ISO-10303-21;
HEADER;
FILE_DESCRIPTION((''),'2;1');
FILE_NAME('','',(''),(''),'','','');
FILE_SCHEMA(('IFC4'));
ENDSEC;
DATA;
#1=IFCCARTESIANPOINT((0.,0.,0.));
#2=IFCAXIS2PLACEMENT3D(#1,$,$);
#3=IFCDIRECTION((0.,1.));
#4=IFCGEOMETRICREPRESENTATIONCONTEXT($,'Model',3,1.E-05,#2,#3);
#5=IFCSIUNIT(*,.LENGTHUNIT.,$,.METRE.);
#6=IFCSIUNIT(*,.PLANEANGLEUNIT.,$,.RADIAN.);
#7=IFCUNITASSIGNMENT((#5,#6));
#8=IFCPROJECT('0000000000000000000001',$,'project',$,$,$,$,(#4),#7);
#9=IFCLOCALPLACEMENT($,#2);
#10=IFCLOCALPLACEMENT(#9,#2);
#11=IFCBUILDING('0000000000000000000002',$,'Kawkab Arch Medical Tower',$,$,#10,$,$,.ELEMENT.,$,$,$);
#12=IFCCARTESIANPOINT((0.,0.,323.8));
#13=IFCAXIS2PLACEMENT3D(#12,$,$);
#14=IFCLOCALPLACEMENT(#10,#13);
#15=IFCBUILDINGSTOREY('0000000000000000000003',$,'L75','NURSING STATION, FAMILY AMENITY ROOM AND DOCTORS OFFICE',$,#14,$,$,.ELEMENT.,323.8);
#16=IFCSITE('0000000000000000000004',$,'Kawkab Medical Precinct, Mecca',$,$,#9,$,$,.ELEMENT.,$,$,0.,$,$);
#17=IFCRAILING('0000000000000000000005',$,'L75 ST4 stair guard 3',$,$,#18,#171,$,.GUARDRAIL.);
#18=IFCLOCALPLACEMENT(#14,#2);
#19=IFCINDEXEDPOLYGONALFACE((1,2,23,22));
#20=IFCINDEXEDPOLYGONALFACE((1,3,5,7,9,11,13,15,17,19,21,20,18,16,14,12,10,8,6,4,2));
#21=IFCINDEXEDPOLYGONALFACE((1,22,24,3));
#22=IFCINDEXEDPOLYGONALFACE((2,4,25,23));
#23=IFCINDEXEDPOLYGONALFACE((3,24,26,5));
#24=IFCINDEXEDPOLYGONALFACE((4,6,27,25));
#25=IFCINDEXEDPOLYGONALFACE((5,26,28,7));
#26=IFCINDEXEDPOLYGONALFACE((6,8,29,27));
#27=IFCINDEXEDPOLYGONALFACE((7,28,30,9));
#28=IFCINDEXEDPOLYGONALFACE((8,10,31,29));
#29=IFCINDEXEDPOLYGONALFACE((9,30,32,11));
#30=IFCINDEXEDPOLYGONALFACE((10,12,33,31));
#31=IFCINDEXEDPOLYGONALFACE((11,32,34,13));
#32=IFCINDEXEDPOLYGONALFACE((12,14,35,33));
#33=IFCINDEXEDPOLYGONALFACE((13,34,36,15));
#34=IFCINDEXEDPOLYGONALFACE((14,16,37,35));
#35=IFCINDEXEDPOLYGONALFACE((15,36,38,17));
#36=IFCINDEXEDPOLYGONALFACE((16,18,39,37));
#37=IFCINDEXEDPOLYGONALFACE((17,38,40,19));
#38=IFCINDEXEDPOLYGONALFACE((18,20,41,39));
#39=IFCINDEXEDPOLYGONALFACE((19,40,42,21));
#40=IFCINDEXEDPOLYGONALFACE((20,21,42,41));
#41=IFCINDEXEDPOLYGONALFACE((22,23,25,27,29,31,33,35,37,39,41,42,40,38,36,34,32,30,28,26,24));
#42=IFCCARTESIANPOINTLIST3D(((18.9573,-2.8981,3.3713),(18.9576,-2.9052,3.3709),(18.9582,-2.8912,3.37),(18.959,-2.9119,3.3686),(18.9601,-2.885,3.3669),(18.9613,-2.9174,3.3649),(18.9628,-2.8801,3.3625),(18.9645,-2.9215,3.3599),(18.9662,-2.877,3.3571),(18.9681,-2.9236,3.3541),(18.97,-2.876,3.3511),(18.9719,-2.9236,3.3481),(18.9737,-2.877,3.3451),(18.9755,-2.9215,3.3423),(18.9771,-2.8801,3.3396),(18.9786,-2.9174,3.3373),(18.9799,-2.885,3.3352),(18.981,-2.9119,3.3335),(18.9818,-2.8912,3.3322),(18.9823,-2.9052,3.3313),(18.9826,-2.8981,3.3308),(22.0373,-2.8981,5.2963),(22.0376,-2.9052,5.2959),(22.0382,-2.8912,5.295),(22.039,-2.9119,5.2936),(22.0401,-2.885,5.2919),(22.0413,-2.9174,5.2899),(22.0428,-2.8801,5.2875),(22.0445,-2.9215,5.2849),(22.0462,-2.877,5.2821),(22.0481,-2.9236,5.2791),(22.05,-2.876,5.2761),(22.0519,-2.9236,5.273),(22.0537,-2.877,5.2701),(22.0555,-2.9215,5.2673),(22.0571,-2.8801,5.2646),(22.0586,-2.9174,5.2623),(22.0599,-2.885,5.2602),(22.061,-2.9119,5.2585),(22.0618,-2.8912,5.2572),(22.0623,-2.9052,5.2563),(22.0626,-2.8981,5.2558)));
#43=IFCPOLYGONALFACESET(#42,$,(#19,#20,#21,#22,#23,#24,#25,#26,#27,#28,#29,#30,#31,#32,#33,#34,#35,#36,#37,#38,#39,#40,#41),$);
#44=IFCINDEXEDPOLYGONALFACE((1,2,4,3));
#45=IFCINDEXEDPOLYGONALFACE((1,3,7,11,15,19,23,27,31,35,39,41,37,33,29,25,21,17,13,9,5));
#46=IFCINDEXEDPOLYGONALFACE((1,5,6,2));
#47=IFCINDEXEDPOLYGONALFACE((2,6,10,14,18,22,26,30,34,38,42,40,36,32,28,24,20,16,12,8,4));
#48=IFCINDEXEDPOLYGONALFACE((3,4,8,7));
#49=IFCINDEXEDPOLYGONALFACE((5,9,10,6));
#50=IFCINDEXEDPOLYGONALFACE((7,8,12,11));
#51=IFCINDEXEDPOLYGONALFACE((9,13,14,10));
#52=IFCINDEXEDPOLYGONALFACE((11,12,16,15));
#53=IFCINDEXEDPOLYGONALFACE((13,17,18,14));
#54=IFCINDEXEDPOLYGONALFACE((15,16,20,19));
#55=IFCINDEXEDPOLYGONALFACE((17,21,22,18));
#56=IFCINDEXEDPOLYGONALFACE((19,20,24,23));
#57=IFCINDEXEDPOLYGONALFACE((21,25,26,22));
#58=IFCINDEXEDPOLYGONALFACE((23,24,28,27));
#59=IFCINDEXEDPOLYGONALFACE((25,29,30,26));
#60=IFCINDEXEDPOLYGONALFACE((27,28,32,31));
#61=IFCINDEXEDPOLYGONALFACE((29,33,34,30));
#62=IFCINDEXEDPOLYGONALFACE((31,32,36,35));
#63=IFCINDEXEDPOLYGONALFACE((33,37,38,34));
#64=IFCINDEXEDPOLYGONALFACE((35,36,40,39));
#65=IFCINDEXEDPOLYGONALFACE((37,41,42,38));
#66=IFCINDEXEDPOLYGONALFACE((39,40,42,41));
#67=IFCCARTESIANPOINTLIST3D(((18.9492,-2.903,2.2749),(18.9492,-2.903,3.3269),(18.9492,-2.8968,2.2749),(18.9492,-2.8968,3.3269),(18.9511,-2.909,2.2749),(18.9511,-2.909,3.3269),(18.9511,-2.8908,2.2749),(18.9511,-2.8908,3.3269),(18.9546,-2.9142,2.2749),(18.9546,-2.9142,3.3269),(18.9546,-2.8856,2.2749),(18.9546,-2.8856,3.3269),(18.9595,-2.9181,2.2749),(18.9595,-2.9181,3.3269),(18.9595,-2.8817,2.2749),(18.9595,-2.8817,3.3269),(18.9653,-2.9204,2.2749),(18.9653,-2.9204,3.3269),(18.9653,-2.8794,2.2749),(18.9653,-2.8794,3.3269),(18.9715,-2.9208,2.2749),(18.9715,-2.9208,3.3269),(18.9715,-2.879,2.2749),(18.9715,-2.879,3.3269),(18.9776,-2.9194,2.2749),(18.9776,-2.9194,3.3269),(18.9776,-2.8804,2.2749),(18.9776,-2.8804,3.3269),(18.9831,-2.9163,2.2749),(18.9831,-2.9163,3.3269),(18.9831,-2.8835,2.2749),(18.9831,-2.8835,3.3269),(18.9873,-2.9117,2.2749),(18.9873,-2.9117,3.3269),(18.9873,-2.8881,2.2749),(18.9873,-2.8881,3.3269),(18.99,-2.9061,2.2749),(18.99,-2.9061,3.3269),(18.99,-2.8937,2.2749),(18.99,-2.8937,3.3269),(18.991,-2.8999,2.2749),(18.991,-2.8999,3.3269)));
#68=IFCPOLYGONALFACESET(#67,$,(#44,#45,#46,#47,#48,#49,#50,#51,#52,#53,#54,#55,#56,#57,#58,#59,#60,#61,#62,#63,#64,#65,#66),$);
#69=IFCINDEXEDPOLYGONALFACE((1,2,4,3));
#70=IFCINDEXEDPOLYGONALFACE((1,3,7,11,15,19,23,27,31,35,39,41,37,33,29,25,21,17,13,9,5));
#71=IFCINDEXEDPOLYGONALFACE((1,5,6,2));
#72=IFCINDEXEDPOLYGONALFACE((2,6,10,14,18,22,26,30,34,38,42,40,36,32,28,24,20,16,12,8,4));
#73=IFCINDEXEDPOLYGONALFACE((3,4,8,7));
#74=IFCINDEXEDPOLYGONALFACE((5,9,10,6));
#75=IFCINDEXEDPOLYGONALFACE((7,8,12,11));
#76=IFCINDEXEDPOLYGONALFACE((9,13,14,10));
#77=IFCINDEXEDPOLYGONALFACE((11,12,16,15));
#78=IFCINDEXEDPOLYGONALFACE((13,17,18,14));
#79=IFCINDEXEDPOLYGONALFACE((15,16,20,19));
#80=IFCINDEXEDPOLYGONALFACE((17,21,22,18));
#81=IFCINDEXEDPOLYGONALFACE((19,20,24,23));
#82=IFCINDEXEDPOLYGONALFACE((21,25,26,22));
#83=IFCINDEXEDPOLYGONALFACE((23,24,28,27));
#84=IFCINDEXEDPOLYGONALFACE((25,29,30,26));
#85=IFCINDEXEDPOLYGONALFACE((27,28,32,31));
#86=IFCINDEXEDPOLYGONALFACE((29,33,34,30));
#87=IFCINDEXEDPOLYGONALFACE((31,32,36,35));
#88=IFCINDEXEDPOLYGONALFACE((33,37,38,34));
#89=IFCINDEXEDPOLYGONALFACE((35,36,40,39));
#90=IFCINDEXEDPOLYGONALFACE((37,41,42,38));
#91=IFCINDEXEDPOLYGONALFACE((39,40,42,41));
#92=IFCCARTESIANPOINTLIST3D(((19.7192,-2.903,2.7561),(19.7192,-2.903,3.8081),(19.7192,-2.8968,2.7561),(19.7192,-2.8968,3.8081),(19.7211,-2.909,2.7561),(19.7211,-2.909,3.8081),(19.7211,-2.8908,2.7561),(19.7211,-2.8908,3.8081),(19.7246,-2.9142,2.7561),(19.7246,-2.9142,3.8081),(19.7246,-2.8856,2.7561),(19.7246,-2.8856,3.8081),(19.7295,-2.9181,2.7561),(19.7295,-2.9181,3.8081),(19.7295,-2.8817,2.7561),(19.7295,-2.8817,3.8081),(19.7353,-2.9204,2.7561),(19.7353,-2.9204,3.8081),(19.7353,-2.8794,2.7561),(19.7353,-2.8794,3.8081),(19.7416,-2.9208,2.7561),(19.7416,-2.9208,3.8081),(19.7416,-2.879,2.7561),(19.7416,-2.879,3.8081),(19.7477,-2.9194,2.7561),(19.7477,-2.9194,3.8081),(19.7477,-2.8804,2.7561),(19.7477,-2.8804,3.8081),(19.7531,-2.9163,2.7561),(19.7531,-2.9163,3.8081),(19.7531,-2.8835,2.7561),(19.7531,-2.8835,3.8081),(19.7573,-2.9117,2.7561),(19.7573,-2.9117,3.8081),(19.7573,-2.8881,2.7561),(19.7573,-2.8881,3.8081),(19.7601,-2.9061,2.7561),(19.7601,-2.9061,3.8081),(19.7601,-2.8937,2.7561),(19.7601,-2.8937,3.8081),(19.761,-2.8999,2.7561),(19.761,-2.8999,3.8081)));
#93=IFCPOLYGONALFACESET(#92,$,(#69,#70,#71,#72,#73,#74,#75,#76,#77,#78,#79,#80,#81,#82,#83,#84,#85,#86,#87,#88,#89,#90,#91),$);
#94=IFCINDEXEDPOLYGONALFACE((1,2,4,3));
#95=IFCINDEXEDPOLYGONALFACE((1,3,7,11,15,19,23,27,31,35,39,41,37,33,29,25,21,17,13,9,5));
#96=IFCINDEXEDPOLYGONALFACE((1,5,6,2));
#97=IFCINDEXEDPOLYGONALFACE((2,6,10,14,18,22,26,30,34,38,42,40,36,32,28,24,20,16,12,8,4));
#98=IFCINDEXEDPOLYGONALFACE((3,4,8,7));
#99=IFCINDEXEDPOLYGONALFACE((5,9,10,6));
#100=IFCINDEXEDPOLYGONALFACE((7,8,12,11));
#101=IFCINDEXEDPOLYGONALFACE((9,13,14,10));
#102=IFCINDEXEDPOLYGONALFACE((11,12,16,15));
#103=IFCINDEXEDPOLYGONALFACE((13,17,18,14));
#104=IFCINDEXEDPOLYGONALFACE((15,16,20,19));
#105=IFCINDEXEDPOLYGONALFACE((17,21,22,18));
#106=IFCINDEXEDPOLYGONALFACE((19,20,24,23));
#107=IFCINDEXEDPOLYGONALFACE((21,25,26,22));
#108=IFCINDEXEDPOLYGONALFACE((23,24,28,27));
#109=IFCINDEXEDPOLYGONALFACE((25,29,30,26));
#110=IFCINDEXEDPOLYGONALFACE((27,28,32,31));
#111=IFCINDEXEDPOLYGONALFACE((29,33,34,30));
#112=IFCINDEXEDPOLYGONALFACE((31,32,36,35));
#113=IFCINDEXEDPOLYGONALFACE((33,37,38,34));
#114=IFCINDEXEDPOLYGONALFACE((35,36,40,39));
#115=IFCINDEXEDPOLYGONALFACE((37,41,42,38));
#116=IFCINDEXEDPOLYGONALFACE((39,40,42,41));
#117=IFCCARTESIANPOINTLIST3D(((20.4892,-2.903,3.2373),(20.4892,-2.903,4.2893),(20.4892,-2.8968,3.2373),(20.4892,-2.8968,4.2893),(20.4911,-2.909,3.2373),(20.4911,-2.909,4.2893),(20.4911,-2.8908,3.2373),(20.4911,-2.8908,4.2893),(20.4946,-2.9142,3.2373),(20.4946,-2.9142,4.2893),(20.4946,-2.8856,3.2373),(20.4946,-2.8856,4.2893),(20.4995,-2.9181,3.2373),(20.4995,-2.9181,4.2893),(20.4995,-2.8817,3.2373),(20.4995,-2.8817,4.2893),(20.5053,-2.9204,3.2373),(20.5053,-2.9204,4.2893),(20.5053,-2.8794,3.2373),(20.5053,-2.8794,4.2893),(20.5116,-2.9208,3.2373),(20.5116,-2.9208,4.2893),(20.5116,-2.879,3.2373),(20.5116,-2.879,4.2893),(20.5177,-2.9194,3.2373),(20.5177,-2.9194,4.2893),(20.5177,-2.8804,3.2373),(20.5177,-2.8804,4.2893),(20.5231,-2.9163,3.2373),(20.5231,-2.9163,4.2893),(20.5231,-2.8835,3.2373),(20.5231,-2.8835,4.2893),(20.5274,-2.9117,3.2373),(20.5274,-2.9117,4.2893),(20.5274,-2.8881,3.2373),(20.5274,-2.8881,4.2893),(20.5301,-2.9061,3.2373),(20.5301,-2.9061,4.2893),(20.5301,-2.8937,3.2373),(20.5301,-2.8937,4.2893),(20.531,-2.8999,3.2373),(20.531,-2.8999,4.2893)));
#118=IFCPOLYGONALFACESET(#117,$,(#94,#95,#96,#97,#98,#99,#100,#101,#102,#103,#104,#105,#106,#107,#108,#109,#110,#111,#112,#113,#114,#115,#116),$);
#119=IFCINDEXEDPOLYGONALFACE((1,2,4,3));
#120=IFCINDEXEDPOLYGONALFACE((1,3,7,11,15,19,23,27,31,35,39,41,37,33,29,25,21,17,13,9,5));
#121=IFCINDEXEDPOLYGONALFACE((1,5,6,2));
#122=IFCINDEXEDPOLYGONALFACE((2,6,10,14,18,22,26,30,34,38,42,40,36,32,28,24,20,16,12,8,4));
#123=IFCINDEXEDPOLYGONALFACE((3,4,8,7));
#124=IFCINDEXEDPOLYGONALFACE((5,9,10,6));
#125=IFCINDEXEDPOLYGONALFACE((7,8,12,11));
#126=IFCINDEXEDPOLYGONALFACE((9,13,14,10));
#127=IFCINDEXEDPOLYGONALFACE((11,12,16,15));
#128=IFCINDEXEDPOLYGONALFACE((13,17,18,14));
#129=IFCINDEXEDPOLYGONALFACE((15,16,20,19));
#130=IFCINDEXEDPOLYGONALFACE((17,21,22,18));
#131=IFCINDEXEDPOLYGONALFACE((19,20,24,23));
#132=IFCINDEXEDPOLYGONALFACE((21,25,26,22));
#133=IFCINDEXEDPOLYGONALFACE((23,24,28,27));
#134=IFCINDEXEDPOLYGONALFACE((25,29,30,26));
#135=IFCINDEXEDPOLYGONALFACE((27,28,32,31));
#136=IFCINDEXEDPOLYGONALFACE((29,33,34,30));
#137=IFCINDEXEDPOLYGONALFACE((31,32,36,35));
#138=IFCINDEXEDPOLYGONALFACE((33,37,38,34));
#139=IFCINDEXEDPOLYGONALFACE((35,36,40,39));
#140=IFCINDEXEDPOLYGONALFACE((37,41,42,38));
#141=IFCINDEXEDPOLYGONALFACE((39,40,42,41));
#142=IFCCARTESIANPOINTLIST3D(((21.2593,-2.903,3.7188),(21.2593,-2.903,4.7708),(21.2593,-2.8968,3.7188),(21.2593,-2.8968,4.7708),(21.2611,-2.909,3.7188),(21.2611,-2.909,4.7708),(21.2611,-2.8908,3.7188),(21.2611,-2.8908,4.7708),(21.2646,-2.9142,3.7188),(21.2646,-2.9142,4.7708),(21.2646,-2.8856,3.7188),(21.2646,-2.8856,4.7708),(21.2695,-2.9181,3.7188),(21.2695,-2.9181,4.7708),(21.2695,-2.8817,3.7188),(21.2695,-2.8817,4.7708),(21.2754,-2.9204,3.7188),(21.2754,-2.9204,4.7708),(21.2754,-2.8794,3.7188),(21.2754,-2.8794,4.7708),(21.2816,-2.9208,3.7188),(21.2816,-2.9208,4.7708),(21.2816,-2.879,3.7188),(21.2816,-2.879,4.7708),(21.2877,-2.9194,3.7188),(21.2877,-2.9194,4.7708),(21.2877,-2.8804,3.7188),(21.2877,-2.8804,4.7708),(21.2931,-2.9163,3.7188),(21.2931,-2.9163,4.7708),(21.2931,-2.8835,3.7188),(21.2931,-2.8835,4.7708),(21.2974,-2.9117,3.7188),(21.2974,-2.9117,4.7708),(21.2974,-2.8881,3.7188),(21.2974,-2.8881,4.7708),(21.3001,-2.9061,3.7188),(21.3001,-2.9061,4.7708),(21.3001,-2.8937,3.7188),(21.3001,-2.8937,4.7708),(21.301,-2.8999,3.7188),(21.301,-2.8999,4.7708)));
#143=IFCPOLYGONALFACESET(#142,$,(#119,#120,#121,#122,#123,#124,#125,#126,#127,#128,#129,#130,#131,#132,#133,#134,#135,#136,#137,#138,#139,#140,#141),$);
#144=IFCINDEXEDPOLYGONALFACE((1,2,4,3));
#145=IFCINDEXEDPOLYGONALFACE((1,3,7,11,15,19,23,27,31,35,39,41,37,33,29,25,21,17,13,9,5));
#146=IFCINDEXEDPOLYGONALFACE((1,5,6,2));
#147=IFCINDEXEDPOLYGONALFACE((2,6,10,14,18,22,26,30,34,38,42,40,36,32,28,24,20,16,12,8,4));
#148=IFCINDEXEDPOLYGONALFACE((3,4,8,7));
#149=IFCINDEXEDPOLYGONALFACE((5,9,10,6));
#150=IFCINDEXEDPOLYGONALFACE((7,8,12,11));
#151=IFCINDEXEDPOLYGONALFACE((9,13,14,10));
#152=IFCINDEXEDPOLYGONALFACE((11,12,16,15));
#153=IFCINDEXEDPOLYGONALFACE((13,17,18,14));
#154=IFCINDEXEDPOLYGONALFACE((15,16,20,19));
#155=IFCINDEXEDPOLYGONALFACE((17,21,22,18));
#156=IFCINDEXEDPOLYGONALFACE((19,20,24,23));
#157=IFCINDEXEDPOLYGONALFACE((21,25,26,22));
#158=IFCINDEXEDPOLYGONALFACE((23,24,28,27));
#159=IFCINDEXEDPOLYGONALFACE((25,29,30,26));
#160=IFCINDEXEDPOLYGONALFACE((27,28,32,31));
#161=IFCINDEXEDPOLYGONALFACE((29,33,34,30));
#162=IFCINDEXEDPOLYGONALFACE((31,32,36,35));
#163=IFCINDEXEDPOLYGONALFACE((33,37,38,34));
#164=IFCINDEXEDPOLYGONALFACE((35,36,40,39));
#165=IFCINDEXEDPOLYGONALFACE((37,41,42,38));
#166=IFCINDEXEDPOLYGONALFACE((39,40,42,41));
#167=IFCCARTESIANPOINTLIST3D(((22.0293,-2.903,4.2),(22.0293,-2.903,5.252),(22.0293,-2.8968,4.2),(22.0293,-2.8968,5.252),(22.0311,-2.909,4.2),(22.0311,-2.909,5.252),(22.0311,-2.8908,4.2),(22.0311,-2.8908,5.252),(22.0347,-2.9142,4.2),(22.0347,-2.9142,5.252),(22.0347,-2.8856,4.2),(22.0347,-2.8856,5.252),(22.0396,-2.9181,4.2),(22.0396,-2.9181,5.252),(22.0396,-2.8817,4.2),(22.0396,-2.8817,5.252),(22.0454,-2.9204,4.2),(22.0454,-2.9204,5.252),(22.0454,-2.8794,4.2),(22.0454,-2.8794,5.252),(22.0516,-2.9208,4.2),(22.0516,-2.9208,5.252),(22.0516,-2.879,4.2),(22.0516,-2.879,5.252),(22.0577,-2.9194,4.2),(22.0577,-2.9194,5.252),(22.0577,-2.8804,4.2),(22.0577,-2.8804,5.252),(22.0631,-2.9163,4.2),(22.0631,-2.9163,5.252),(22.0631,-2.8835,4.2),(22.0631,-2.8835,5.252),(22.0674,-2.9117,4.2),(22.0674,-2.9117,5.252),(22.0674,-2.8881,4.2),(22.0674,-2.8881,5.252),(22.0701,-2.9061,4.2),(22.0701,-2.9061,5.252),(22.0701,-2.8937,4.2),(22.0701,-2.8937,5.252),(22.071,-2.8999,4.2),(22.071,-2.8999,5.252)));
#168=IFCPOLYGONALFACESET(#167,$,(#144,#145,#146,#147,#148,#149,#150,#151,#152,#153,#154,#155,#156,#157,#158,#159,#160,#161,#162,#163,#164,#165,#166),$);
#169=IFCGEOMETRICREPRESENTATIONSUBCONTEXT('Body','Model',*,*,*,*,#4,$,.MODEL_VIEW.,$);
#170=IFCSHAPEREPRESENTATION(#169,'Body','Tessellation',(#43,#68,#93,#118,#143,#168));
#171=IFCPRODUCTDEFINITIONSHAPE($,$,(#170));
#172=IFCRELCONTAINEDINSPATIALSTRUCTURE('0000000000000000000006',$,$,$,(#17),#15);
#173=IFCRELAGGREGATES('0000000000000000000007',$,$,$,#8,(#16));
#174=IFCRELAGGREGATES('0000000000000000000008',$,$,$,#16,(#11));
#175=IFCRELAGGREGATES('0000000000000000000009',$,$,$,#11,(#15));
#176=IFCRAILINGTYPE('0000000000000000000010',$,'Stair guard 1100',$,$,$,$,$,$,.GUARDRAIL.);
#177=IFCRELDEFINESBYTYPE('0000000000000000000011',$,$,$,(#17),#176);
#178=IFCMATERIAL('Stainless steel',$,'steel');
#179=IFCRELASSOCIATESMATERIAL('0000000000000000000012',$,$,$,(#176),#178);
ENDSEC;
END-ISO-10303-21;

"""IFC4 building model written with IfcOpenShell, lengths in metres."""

from ifc_helpers import new_model, si_unit, direction, frame, origin, origin_2d, place, context, subcontext, project, spatial, circle, extrude, material, type_object, element, save


model = new_model("IFC4")

# Units and contexts
model_context = context("Model", 3, precision=1e-05, world=origin(), true_north=direction((0.0, 1.0)))
body_context = subcontext(model_context, "Body", "Model", "MODEL_VIEW")
ifc_project = project(units=[si_unit("LENGTHUNIT", "METRE"), si_unit("PLANEANGLEUNIT", "RADIAN")], contexts=[model_context])

# Site, building, storey
site_placement = place(None, origin())
site = spatial("IfcSite", under=ifc_project, at=site_placement, Name="Kawkab Medical Precinct, Mecca", CompositionType="ELEMENT", RefElevation=0.0)
building_placement = place(site_placement, origin())
building = spatial("IfcBuilding", under=site, at=building_placement, Name="Kawkab Arch Medical Tower", CompositionType="ELEMENT")
storey_placement = place(building_placement, frame((0.0, 0.0, 323.8)))
storey = spatial("IfcBuildingStorey", under=building, at=storey_placement, Name="L75", Description="NURSING STATION, FAMILY AMENITY ROOM AND DOCTORS OFFICE", CompositionType="ELEMENT", Elevation=323.8)

# Railing
ifc_material_1 = material(Name="Stainless steel", Category="steel")
railing_type_1 = type_object("IfcRailingType", Name="Stair guard 1100", PredefinedType="GUARDRAIL", material=ifc_material_1)
railing_1_placement = place(storey_placement, frame((18.97, -2.8999, 2.2749)))
element("IfcRailing", 1, at=railing_1_placement, inside=storey, type_object=railing_type_1, Name="L75 ST4 stair guard 3", PredefinedType="GUARDRAIL", context=body_context, shape_type="SweptSolid", body=[
    extrude(circle(Radius=0.0239, at=origin_2d()), frame((0.0, 0.0, 1.0762), z_axis=(0.847998, 0.0, 0.529999), x_axis=(0.0, 1.0, 0.0)), (0.0, 0.0, 1.0), 3.6321),
    extrude(circle(Radius=0.021, at=origin_2d()), origin(), (0.0, 0.0, 1.0), 1.052),
    extrude(circle(Radius=0.021, at=origin_2d()), frame((0.77, 0.0, 0.4812)), (0.0, 0.0, 1.0), 1.052),
    extrude(circle(Radius=0.021, at=origin_2d()), frame((1.54, 0.0, 0.9624)), (0.0, 0.0, 1.0), 1.052),
    extrude(circle(Radius=0.021, at=origin_2d()), frame((2.3101, 0.0, 1.4438)), (0.0, 0.0, 1.0), 1.052),
    extrude(circle(Radius=0.021, at=origin_2d()), frame((3.0801, 0.0, 1.925)), (0.0, 0.0, 1.0), 1.052),
])

save(model, "model.ifc")
